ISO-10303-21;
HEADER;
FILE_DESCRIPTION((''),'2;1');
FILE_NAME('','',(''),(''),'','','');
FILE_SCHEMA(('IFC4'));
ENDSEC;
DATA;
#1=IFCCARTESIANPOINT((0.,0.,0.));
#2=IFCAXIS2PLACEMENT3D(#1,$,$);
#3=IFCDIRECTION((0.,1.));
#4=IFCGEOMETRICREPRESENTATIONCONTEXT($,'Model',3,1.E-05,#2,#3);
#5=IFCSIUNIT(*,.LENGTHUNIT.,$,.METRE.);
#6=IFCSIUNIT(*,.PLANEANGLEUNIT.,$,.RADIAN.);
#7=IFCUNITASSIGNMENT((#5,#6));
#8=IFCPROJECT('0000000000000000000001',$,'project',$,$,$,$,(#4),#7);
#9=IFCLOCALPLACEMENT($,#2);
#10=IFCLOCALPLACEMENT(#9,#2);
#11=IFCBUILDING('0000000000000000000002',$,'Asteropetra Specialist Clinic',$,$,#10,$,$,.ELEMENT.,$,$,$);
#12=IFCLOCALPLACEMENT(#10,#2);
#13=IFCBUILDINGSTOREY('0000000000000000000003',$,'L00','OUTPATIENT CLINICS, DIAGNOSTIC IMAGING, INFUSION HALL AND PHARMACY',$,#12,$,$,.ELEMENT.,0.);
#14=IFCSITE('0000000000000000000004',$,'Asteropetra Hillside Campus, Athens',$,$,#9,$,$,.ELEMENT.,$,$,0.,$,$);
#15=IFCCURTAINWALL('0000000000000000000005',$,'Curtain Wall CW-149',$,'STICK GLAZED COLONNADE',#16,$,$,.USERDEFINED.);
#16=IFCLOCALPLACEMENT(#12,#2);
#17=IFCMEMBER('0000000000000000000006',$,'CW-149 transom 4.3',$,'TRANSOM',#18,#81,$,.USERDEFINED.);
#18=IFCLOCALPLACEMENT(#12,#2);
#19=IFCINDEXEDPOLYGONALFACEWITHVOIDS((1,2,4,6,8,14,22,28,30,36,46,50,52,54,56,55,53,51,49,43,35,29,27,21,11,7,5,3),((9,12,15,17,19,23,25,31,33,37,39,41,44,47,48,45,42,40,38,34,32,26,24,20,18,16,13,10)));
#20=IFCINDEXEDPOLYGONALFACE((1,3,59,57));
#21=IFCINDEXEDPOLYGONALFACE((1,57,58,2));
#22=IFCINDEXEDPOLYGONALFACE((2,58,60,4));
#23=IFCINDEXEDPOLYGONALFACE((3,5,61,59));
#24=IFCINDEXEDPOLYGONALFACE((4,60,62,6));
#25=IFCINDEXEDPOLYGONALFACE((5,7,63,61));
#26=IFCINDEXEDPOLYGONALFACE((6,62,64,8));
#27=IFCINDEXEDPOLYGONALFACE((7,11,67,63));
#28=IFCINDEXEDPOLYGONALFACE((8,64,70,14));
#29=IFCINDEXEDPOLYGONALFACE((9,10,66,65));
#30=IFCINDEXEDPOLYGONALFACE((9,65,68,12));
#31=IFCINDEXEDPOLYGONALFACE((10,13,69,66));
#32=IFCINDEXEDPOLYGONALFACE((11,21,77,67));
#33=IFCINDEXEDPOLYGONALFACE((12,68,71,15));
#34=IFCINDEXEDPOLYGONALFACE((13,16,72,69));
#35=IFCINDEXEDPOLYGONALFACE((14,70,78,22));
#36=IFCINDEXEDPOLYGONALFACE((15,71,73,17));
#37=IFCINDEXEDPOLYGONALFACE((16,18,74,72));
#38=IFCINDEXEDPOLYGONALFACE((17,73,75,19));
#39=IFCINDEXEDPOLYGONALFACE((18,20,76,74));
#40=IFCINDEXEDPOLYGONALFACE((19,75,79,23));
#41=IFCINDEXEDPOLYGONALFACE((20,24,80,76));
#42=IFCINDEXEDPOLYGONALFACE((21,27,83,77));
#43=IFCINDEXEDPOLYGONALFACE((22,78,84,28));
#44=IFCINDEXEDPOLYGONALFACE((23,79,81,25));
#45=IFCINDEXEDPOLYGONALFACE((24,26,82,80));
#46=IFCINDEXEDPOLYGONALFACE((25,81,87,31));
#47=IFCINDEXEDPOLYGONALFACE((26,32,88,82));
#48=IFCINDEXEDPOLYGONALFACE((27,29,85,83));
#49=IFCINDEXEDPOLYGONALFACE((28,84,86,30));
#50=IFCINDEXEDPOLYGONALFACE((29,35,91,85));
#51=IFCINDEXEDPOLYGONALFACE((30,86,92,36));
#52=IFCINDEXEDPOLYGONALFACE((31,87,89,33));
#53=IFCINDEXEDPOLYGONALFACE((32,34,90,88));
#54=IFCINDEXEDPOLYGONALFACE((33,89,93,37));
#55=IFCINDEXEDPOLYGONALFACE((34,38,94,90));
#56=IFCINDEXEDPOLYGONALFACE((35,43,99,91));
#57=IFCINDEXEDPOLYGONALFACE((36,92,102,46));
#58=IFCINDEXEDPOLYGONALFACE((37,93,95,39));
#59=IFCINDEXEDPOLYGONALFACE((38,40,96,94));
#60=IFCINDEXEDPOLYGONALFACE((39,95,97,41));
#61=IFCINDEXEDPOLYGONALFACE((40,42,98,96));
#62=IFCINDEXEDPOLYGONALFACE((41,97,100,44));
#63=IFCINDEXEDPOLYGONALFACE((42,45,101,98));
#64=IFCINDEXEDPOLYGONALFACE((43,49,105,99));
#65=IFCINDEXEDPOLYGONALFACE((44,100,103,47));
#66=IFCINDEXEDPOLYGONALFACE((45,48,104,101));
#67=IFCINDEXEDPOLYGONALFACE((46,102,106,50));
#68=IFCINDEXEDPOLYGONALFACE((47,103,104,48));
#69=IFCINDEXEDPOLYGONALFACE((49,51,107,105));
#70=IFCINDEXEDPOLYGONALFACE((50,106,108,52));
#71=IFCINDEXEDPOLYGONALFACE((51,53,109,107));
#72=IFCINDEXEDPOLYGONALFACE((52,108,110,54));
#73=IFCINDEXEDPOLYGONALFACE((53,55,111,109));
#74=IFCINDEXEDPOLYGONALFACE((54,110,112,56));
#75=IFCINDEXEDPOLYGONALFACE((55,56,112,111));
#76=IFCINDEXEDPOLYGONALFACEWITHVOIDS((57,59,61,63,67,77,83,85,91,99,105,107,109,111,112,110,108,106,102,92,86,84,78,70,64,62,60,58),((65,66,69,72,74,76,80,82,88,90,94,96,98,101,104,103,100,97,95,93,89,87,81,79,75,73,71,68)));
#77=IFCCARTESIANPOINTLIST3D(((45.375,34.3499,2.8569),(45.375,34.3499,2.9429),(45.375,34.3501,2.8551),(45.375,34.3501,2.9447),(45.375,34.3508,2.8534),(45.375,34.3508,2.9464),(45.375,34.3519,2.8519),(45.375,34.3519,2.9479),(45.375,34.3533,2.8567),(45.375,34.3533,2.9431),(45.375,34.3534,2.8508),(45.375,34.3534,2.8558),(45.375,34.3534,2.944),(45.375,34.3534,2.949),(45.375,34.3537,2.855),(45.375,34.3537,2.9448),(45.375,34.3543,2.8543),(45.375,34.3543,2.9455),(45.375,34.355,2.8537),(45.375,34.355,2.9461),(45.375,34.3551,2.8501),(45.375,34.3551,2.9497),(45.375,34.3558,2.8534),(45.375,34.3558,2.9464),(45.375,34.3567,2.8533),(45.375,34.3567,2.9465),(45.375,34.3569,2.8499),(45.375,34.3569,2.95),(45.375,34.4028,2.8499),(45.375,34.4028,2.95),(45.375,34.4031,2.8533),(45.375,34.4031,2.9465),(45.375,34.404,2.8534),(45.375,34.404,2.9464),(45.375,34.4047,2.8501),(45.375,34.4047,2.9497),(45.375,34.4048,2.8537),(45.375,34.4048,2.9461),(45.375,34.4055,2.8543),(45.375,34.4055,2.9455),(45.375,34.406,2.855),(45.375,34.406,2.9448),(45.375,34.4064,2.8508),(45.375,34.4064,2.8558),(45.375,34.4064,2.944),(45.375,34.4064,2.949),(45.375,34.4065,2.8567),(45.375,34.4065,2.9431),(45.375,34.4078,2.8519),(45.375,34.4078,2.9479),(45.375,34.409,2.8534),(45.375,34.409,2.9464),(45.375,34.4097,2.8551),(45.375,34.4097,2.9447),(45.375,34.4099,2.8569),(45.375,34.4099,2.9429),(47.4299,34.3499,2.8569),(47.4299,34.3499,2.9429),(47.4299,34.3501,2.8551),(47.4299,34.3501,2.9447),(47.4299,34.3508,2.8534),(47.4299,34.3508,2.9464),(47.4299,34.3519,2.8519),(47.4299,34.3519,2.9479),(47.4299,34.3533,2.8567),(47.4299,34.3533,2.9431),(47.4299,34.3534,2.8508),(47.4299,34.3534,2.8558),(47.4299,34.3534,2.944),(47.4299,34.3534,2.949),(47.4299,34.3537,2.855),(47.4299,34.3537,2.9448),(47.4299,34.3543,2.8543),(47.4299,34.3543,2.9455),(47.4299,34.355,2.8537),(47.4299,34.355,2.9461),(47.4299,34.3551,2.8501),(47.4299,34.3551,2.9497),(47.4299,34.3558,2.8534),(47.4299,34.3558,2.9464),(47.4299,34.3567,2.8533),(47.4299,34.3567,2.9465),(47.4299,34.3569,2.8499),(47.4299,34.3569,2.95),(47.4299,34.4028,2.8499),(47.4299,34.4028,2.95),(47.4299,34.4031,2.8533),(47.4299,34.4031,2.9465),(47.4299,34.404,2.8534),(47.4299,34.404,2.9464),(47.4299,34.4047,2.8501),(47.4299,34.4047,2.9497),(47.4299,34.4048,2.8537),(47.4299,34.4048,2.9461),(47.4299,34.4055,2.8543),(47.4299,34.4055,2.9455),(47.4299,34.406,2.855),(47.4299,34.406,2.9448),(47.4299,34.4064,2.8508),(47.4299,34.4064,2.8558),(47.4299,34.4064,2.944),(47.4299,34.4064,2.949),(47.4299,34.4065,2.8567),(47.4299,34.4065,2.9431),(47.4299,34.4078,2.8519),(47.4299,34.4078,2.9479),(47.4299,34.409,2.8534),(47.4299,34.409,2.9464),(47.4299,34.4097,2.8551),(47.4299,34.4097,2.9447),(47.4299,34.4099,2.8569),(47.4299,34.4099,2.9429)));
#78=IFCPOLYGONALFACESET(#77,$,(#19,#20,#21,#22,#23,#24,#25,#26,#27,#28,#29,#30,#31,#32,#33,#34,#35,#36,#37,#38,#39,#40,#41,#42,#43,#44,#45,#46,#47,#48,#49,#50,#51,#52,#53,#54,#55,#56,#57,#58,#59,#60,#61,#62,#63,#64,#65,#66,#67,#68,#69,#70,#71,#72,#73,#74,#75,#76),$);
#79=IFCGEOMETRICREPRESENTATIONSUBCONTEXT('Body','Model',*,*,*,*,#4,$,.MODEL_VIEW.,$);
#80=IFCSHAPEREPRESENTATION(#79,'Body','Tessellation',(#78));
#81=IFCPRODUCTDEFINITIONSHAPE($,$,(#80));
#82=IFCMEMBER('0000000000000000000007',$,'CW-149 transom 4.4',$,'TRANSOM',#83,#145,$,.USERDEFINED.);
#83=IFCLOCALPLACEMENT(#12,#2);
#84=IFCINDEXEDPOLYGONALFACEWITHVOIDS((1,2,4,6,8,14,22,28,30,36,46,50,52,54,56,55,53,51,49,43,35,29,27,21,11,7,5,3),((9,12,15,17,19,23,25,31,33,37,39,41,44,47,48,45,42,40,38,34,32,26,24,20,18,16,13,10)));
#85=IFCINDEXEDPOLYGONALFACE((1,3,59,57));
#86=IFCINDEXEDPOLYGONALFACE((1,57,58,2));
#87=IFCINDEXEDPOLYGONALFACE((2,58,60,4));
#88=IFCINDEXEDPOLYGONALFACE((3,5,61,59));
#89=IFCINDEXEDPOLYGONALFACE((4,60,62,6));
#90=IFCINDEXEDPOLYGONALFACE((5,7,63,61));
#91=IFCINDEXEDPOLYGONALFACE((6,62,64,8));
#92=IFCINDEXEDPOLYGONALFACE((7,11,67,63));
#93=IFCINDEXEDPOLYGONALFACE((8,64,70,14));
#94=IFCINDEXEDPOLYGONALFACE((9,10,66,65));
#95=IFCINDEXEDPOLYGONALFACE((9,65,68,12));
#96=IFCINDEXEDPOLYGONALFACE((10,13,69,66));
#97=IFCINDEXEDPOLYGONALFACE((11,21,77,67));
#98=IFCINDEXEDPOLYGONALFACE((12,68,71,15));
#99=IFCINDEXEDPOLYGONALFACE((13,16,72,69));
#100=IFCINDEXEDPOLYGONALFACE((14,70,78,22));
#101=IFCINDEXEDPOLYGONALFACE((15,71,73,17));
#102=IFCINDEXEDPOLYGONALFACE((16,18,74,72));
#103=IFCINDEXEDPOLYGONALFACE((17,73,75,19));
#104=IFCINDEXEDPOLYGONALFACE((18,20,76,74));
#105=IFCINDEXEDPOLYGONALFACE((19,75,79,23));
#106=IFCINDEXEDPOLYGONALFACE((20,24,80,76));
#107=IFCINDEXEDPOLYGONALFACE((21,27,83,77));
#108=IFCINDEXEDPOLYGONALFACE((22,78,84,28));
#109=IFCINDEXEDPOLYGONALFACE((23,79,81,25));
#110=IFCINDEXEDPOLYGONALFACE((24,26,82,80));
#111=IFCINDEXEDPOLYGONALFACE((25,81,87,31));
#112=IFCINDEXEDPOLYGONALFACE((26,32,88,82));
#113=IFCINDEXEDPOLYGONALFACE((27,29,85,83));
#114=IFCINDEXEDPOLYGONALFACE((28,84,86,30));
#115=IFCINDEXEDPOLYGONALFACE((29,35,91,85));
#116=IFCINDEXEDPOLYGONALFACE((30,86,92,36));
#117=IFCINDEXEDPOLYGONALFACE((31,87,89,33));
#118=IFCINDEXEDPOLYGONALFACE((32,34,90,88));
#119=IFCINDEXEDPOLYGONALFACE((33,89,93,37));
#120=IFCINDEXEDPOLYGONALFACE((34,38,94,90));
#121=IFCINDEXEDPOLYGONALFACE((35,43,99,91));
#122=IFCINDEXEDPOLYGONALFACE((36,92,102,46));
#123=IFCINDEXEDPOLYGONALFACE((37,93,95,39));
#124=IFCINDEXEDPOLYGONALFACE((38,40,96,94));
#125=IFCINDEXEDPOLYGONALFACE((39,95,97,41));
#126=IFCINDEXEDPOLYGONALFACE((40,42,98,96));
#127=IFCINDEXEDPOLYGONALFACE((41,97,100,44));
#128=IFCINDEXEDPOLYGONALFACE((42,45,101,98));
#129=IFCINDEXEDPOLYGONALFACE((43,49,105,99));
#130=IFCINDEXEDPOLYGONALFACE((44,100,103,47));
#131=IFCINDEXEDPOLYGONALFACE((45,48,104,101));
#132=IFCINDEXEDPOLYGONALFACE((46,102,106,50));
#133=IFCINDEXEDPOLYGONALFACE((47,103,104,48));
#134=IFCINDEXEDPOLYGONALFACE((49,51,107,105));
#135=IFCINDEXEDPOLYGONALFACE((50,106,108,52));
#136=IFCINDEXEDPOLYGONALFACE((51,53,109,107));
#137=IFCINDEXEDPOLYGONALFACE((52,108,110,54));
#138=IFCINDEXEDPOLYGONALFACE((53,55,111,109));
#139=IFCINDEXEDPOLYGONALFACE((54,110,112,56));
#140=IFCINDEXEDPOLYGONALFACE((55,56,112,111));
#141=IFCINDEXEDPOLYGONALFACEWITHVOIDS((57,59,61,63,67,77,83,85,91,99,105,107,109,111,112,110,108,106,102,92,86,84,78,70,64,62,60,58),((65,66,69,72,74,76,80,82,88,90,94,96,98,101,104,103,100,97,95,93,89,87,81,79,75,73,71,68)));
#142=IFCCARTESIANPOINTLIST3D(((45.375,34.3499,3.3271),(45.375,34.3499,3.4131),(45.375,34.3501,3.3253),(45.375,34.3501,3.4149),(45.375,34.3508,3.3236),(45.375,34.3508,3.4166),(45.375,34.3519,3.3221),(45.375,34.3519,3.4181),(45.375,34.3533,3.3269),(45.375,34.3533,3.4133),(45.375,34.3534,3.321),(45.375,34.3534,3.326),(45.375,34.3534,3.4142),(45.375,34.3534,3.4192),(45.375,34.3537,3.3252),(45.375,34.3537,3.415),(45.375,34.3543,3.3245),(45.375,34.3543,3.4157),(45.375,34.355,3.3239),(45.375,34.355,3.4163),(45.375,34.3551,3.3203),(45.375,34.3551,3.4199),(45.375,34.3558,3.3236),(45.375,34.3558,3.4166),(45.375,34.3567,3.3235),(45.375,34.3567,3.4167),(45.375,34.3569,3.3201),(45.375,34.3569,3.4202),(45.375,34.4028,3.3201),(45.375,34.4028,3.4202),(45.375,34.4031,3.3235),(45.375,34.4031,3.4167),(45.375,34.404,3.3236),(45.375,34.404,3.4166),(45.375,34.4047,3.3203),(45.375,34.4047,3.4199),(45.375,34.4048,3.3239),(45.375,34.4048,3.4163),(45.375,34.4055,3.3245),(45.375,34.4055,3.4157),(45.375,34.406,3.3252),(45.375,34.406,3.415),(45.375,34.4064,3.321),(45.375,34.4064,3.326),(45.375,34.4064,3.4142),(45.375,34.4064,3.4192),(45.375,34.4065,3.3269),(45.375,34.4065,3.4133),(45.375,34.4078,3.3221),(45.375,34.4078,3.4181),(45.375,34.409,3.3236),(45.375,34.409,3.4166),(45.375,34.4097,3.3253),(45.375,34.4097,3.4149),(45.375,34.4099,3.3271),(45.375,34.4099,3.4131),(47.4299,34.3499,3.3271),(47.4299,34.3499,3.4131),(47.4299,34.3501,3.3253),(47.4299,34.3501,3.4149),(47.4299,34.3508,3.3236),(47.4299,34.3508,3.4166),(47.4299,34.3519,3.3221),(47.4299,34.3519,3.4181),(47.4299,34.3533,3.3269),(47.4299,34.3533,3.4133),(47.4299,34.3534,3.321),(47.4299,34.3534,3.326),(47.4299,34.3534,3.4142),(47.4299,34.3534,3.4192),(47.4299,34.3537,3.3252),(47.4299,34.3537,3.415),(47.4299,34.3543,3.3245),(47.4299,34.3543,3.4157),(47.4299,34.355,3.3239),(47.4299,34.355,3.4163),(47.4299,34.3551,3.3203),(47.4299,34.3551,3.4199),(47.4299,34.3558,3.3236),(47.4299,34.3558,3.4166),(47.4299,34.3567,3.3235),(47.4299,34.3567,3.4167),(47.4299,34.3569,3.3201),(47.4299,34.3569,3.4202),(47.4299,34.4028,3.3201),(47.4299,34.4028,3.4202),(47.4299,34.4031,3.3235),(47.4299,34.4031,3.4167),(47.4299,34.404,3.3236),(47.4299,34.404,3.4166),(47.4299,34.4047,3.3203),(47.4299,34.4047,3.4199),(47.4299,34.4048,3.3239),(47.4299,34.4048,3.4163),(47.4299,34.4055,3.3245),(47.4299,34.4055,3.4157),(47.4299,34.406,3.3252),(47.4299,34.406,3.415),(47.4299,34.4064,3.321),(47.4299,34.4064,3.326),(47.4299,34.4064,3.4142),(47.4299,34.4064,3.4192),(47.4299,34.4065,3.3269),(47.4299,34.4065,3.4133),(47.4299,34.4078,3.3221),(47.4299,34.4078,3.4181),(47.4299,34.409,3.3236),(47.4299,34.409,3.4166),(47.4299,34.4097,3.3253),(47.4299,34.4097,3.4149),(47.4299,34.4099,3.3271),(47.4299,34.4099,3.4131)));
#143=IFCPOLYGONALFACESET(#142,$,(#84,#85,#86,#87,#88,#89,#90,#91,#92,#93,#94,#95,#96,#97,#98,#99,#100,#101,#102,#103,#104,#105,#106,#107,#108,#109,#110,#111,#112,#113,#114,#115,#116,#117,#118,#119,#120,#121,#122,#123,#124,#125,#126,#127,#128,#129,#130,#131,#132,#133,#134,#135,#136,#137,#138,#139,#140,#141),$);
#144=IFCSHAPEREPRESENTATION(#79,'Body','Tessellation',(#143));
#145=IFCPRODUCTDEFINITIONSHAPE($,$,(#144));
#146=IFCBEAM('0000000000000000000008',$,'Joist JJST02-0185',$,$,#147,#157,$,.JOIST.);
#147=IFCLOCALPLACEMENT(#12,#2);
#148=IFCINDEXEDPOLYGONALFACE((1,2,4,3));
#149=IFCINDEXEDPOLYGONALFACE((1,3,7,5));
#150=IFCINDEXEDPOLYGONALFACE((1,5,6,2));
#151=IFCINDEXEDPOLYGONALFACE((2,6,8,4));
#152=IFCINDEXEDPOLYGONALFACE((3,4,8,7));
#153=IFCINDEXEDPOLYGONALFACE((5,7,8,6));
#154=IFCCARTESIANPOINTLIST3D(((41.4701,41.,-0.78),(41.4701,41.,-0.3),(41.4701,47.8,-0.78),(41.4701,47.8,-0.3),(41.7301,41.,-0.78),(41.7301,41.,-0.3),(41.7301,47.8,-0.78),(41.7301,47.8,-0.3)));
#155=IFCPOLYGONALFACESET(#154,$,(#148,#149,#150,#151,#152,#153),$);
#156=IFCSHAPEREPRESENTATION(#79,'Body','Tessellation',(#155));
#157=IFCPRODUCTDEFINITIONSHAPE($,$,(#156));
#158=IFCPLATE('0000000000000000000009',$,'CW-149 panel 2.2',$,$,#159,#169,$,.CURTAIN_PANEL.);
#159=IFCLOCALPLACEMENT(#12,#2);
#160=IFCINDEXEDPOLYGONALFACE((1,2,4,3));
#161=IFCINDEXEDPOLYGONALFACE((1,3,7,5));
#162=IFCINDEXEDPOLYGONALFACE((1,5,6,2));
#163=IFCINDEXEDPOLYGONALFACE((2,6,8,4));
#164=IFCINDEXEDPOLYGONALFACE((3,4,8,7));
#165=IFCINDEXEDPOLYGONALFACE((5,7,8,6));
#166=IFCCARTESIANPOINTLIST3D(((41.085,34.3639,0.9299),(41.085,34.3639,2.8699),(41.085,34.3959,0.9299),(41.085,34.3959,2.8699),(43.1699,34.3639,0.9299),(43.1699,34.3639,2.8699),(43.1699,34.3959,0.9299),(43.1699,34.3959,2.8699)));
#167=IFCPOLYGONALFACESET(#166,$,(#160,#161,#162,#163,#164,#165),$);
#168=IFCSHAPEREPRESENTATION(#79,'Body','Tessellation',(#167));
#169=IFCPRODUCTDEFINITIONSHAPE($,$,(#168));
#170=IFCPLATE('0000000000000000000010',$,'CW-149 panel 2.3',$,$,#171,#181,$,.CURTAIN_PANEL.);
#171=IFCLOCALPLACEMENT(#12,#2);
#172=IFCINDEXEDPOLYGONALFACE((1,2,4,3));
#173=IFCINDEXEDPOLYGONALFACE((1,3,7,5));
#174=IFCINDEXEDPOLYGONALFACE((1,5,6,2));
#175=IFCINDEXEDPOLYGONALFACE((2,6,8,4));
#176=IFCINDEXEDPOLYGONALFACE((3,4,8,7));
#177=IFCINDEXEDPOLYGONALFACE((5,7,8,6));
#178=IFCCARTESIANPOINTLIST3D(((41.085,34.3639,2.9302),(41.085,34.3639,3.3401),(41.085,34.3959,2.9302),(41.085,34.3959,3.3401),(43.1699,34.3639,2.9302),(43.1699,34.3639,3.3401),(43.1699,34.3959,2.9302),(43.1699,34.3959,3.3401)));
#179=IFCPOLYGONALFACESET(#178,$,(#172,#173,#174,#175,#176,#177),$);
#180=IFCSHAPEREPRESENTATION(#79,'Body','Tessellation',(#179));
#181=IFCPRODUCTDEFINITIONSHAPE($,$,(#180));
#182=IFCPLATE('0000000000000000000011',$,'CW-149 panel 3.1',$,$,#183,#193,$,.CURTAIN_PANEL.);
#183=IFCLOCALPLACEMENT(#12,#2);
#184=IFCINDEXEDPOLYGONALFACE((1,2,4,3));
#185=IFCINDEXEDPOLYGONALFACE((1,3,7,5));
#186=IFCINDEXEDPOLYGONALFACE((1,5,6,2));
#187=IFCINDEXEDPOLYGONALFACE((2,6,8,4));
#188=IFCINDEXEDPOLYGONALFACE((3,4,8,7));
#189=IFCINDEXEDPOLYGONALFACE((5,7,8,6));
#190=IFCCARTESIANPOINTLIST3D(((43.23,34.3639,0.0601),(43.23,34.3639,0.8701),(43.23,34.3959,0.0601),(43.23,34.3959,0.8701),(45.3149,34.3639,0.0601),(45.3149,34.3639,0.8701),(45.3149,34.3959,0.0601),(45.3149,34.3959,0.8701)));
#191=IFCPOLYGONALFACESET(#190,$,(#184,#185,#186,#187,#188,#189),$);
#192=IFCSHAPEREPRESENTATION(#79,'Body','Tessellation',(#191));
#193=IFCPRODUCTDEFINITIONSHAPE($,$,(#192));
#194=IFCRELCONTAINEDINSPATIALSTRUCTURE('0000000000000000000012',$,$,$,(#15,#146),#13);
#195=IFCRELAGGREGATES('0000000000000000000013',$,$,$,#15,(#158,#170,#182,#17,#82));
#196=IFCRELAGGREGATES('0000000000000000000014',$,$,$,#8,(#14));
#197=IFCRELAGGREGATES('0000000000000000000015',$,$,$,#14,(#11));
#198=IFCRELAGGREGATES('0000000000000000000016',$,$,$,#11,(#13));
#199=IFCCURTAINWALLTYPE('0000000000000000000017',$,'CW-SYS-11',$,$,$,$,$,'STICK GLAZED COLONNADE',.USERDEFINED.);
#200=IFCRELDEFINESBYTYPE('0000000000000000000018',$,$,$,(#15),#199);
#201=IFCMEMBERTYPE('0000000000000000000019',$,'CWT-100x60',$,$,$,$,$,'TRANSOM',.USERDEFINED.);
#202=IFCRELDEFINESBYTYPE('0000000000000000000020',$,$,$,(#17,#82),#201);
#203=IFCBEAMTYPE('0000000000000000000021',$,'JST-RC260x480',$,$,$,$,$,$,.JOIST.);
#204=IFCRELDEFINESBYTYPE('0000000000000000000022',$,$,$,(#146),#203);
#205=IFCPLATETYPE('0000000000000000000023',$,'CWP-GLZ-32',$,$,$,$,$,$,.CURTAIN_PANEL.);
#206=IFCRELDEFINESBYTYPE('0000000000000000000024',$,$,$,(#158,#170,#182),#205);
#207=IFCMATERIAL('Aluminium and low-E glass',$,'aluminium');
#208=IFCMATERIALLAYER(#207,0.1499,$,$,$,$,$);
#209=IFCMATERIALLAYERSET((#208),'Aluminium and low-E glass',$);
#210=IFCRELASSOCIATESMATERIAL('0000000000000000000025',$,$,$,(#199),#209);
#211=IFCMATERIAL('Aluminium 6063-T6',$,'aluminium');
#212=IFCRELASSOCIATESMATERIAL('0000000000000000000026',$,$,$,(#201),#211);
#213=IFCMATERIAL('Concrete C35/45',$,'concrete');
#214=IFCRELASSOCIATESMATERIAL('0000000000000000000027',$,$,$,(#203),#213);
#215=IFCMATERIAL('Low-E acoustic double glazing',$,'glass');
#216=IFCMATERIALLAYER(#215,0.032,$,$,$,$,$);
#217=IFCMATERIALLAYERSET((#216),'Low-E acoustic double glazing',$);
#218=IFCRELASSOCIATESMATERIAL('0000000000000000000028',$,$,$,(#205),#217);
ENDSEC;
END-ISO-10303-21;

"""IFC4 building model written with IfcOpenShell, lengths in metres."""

from ifc_helpers import new_model, si_unit, direction, frame, origin, origin_2d, place, context, subcontext, project, spatial, rectangle, hollow_rectangle, extrude, material, layer, layer_set, material_profile, profile_set, type_object, element, aggregate, save


model = new_model("IFC4")

# Units and contexts
model_context = context("Model", 3, precision=1e-05, world=origin(), true_north=direction((0.0, 1.0)))
body_context = subcontext(model_context, "Body", "Model", "MODEL_VIEW")
ifc_project = project(units=[si_unit("LENGTHUNIT", "METRE"), si_unit("PLANEANGLEUNIT", "RADIAN")], contexts=[model_context])

# Site, building, storey
site_placement = place(None, origin())
site = spatial("IfcSite", under=ifc_project, at=site_placement, Name="Asteropetra Hillside Campus, Athens", CompositionType="ELEMENT", RefElevation=0.0)
building_placement = place(site_placement, origin())
building = spatial("IfcBuilding", under=site, at=building_placement, Name="Asteropetra Specialist Clinic", CompositionType="ELEMENT")
storey_placement = place(building_placement, origin())
storey = spatial("IfcBuildingStorey", under=building, at=storey_placement, Name="L00", Description="OUTPATIENT CLINICS, DIAGNOSTIC IMAGING, INFUSION HALL AND PHARMACY", CompositionType="ELEMENT", Elevation=0.0)

# Curtain wall, members
ifc_material_1 = material(Name="Aluminium and low-E glass", Category="aluminium")
ifc_layer_1 = layer(ifc_material_1, 0.1499)
ifc_layer_set_1 = layer_set([ifc_layer_1], Name="Aluminium and low-E glass")
curtain_wall_type = type_object("IfcCurtainWallType", Name="CW-SYS-11", ElementType="STICK GLAZED COLONNADE", PredefinedType="USERDEFINED", material=ifc_layer_set_1)
curtain_wall_placement = place(storey_placement, origin())
curtain_wall = element("IfcCurtainWall", 1, at=curtain_wall_placement, inside=storey, type_object=curtain_wall_type, Name="Curtain Wall CW-149", ObjectType="STICK GLAZED COLONNADE", PredefinedType="USERDEFINED")
ifc_material_2 = material(Name="Aluminium 6063-T6", Category="aluminium")
ifc_material_profile_1 = material_profile(ifc_material_2, hollow_rectangle(XDim=0.0601, YDim=0.1001, WallThickness=0.0034, InnerFilletRadius=0.0034, OuterFilletRadius=0.0071, at=origin_2d()), Name="TRN 100x60x3.5")
ifc_profile_set_1 = profile_set([ifc_material_profile_1], Name="Aluminium 6063-T6")
member_type_1 = type_object("IfcMemberType", Name="CWT-100x60", ElementType="TRANSOM", PredefinedType="USERDEFINED", material=ifc_profile_set_1)
member_1_placement = place(storey_placement, frame((45.375, 34.3799, 2.8999), z_axis=(1.0, 0.0, 0.0), x_axis=(0.0, 1.0, 0.0)))
member_1 = element("IfcMember", 2, at=member_1_placement, type_object=member_type_1, Name="CW-149 transom 4.3", ObjectType="TRANSOM", PredefinedType="USERDEFINED", context=body_context, shape_type="SweptSolid", body=[
    extrude(hollow_rectangle(XDim=0.0601, YDim=0.1001, WallThickness=0.0034, InnerFilletRadius=0.0034, OuterFilletRadius=0.0071, at=origin_2d()), origin(), (0.0, 0.0, 1.0), 2.0549),
])
member_2_placement = place(storey_placement, frame((45.375, 34.3799, 3.3701), z_axis=(1.0, 0.0, 0.0), x_axis=(0.0, 1.0, 0.0)))
member_2 = element("IfcMember", 3, at=member_2_placement, type_object=member_type_1, Name="CW-149 transom 4.4", ObjectType="TRANSOM", PredefinedType="USERDEFINED", context=body_context, shape_type="SweptSolid", body=[
    extrude(hollow_rectangle(XDim=0.0601, YDim=0.1001, WallThickness=0.0034, InnerFilletRadius=0.0034, OuterFilletRadius=0.0071, at=origin_2d()), origin(), (0.0, 0.0, 1.0), 2.0549),
])

# Beam
ifc_material_3 = material(Name="Concrete C35/45", Category="concrete")
ifc_material_profile_2 = material_profile(ifc_material_3, rectangle(XDim=0.26, YDim=0.48, at=origin_2d()), Name="RCJ 260x480")
ifc_profile_set_2 = profile_set([ifc_material_profile_2], Name="Concrete C35/45")
beam_type_1 = type_object("IfcBeamType", Name="JST-RC260x480", PredefinedType="JOIST", material=ifc_profile_set_2)
beam_1_placement = place(storey_placement, frame((41.6001, 41.0, -0.54), z_axis=(0.0, 1.0, 0.0), x_axis=(-1.0, 0.0, 0.0)))
element("IfcBeam", 4, at=beam_1_placement, inside=storey, type_object=beam_type_1, Name="Joist JJST02-0185", PredefinedType="JOIST", context=body_context, shape_type="SweptSolid", body=[
    extrude(rectangle(XDim=0.26, YDim=0.48, at=origin_2d()), origin(), (0.0, 0.0, 1.0), 6.8),
])

# Plates
ifc_material_4 = material(Name="Low-E acoustic double glazing", Category="glass")
ifc_layer_2 = layer(ifc_material_4, 0.032)
ifc_layer_set_2 = layer_set([ifc_layer_2], Name="Low-E acoustic double glazing")
plate_type = type_object("IfcPlateType", Name="CWP-GLZ-32", PredefinedType="CURTAIN_PANEL", material=ifc_layer_set_2)
plate_1_placement = place(storey_placement, frame((42.1274, 34.3799, 0.9299), z_axis=(0.0, 0.0, 1.0), x_axis=(1.0, 0.0, 0.0)))
plate_1 = element("IfcPlate", 5, at=plate_1_placement, type_object=plate_type, Name="CW-149 panel 2.2", PredefinedType="CURTAIN_PANEL", context=body_context, shape_type="SweptSolid", body=[
    extrude(rectangle(XDim=2.085, YDim=0.032, at=origin_2d()), origin(), (0.0, 0.0, 1.0), 1.9399),
])
plate_2_placement = place(storey_placement, frame((42.1274, 34.3799, 2.9302), z_axis=(0.0, 0.0, 1.0), x_axis=(1.0, 0.0, 0.0)))
plate_2 = element("IfcPlate", 6, at=plate_2_placement, type_object=plate_type, Name="CW-149 panel 2.3", PredefinedType="CURTAIN_PANEL", context=body_context, shape_type="SweptSolid", body=[
    extrude(rectangle(XDim=2.085, YDim=0.032, at=origin_2d()), origin(), (0.0, 0.0, 1.0), 0.4099),
])
plate_3_placement = place(storey_placement, frame((44.2725, 34.3799, 0.0601), z_axis=(0.0, 0.0, 1.0), x_axis=(1.0, 0.0, 0.0)))
plate_3 = element("IfcPlate", 7, at=plate_3_placement, type_object=plate_type, Name="CW-149 panel 3.1", PredefinedType="CURTAIN_PANEL", context=body_context, shape_type="SweptSolid", body=[
    extrude(rectangle(XDim=2.085, YDim=0.032, at=origin_2d()), origin(), (0.0, 0.0, 1.0), 0.8101),
])
aggregate(curtain_wall, [plate_1, plate_2, plate_3, member_1, member_2])

save(model, "model.ifc")
